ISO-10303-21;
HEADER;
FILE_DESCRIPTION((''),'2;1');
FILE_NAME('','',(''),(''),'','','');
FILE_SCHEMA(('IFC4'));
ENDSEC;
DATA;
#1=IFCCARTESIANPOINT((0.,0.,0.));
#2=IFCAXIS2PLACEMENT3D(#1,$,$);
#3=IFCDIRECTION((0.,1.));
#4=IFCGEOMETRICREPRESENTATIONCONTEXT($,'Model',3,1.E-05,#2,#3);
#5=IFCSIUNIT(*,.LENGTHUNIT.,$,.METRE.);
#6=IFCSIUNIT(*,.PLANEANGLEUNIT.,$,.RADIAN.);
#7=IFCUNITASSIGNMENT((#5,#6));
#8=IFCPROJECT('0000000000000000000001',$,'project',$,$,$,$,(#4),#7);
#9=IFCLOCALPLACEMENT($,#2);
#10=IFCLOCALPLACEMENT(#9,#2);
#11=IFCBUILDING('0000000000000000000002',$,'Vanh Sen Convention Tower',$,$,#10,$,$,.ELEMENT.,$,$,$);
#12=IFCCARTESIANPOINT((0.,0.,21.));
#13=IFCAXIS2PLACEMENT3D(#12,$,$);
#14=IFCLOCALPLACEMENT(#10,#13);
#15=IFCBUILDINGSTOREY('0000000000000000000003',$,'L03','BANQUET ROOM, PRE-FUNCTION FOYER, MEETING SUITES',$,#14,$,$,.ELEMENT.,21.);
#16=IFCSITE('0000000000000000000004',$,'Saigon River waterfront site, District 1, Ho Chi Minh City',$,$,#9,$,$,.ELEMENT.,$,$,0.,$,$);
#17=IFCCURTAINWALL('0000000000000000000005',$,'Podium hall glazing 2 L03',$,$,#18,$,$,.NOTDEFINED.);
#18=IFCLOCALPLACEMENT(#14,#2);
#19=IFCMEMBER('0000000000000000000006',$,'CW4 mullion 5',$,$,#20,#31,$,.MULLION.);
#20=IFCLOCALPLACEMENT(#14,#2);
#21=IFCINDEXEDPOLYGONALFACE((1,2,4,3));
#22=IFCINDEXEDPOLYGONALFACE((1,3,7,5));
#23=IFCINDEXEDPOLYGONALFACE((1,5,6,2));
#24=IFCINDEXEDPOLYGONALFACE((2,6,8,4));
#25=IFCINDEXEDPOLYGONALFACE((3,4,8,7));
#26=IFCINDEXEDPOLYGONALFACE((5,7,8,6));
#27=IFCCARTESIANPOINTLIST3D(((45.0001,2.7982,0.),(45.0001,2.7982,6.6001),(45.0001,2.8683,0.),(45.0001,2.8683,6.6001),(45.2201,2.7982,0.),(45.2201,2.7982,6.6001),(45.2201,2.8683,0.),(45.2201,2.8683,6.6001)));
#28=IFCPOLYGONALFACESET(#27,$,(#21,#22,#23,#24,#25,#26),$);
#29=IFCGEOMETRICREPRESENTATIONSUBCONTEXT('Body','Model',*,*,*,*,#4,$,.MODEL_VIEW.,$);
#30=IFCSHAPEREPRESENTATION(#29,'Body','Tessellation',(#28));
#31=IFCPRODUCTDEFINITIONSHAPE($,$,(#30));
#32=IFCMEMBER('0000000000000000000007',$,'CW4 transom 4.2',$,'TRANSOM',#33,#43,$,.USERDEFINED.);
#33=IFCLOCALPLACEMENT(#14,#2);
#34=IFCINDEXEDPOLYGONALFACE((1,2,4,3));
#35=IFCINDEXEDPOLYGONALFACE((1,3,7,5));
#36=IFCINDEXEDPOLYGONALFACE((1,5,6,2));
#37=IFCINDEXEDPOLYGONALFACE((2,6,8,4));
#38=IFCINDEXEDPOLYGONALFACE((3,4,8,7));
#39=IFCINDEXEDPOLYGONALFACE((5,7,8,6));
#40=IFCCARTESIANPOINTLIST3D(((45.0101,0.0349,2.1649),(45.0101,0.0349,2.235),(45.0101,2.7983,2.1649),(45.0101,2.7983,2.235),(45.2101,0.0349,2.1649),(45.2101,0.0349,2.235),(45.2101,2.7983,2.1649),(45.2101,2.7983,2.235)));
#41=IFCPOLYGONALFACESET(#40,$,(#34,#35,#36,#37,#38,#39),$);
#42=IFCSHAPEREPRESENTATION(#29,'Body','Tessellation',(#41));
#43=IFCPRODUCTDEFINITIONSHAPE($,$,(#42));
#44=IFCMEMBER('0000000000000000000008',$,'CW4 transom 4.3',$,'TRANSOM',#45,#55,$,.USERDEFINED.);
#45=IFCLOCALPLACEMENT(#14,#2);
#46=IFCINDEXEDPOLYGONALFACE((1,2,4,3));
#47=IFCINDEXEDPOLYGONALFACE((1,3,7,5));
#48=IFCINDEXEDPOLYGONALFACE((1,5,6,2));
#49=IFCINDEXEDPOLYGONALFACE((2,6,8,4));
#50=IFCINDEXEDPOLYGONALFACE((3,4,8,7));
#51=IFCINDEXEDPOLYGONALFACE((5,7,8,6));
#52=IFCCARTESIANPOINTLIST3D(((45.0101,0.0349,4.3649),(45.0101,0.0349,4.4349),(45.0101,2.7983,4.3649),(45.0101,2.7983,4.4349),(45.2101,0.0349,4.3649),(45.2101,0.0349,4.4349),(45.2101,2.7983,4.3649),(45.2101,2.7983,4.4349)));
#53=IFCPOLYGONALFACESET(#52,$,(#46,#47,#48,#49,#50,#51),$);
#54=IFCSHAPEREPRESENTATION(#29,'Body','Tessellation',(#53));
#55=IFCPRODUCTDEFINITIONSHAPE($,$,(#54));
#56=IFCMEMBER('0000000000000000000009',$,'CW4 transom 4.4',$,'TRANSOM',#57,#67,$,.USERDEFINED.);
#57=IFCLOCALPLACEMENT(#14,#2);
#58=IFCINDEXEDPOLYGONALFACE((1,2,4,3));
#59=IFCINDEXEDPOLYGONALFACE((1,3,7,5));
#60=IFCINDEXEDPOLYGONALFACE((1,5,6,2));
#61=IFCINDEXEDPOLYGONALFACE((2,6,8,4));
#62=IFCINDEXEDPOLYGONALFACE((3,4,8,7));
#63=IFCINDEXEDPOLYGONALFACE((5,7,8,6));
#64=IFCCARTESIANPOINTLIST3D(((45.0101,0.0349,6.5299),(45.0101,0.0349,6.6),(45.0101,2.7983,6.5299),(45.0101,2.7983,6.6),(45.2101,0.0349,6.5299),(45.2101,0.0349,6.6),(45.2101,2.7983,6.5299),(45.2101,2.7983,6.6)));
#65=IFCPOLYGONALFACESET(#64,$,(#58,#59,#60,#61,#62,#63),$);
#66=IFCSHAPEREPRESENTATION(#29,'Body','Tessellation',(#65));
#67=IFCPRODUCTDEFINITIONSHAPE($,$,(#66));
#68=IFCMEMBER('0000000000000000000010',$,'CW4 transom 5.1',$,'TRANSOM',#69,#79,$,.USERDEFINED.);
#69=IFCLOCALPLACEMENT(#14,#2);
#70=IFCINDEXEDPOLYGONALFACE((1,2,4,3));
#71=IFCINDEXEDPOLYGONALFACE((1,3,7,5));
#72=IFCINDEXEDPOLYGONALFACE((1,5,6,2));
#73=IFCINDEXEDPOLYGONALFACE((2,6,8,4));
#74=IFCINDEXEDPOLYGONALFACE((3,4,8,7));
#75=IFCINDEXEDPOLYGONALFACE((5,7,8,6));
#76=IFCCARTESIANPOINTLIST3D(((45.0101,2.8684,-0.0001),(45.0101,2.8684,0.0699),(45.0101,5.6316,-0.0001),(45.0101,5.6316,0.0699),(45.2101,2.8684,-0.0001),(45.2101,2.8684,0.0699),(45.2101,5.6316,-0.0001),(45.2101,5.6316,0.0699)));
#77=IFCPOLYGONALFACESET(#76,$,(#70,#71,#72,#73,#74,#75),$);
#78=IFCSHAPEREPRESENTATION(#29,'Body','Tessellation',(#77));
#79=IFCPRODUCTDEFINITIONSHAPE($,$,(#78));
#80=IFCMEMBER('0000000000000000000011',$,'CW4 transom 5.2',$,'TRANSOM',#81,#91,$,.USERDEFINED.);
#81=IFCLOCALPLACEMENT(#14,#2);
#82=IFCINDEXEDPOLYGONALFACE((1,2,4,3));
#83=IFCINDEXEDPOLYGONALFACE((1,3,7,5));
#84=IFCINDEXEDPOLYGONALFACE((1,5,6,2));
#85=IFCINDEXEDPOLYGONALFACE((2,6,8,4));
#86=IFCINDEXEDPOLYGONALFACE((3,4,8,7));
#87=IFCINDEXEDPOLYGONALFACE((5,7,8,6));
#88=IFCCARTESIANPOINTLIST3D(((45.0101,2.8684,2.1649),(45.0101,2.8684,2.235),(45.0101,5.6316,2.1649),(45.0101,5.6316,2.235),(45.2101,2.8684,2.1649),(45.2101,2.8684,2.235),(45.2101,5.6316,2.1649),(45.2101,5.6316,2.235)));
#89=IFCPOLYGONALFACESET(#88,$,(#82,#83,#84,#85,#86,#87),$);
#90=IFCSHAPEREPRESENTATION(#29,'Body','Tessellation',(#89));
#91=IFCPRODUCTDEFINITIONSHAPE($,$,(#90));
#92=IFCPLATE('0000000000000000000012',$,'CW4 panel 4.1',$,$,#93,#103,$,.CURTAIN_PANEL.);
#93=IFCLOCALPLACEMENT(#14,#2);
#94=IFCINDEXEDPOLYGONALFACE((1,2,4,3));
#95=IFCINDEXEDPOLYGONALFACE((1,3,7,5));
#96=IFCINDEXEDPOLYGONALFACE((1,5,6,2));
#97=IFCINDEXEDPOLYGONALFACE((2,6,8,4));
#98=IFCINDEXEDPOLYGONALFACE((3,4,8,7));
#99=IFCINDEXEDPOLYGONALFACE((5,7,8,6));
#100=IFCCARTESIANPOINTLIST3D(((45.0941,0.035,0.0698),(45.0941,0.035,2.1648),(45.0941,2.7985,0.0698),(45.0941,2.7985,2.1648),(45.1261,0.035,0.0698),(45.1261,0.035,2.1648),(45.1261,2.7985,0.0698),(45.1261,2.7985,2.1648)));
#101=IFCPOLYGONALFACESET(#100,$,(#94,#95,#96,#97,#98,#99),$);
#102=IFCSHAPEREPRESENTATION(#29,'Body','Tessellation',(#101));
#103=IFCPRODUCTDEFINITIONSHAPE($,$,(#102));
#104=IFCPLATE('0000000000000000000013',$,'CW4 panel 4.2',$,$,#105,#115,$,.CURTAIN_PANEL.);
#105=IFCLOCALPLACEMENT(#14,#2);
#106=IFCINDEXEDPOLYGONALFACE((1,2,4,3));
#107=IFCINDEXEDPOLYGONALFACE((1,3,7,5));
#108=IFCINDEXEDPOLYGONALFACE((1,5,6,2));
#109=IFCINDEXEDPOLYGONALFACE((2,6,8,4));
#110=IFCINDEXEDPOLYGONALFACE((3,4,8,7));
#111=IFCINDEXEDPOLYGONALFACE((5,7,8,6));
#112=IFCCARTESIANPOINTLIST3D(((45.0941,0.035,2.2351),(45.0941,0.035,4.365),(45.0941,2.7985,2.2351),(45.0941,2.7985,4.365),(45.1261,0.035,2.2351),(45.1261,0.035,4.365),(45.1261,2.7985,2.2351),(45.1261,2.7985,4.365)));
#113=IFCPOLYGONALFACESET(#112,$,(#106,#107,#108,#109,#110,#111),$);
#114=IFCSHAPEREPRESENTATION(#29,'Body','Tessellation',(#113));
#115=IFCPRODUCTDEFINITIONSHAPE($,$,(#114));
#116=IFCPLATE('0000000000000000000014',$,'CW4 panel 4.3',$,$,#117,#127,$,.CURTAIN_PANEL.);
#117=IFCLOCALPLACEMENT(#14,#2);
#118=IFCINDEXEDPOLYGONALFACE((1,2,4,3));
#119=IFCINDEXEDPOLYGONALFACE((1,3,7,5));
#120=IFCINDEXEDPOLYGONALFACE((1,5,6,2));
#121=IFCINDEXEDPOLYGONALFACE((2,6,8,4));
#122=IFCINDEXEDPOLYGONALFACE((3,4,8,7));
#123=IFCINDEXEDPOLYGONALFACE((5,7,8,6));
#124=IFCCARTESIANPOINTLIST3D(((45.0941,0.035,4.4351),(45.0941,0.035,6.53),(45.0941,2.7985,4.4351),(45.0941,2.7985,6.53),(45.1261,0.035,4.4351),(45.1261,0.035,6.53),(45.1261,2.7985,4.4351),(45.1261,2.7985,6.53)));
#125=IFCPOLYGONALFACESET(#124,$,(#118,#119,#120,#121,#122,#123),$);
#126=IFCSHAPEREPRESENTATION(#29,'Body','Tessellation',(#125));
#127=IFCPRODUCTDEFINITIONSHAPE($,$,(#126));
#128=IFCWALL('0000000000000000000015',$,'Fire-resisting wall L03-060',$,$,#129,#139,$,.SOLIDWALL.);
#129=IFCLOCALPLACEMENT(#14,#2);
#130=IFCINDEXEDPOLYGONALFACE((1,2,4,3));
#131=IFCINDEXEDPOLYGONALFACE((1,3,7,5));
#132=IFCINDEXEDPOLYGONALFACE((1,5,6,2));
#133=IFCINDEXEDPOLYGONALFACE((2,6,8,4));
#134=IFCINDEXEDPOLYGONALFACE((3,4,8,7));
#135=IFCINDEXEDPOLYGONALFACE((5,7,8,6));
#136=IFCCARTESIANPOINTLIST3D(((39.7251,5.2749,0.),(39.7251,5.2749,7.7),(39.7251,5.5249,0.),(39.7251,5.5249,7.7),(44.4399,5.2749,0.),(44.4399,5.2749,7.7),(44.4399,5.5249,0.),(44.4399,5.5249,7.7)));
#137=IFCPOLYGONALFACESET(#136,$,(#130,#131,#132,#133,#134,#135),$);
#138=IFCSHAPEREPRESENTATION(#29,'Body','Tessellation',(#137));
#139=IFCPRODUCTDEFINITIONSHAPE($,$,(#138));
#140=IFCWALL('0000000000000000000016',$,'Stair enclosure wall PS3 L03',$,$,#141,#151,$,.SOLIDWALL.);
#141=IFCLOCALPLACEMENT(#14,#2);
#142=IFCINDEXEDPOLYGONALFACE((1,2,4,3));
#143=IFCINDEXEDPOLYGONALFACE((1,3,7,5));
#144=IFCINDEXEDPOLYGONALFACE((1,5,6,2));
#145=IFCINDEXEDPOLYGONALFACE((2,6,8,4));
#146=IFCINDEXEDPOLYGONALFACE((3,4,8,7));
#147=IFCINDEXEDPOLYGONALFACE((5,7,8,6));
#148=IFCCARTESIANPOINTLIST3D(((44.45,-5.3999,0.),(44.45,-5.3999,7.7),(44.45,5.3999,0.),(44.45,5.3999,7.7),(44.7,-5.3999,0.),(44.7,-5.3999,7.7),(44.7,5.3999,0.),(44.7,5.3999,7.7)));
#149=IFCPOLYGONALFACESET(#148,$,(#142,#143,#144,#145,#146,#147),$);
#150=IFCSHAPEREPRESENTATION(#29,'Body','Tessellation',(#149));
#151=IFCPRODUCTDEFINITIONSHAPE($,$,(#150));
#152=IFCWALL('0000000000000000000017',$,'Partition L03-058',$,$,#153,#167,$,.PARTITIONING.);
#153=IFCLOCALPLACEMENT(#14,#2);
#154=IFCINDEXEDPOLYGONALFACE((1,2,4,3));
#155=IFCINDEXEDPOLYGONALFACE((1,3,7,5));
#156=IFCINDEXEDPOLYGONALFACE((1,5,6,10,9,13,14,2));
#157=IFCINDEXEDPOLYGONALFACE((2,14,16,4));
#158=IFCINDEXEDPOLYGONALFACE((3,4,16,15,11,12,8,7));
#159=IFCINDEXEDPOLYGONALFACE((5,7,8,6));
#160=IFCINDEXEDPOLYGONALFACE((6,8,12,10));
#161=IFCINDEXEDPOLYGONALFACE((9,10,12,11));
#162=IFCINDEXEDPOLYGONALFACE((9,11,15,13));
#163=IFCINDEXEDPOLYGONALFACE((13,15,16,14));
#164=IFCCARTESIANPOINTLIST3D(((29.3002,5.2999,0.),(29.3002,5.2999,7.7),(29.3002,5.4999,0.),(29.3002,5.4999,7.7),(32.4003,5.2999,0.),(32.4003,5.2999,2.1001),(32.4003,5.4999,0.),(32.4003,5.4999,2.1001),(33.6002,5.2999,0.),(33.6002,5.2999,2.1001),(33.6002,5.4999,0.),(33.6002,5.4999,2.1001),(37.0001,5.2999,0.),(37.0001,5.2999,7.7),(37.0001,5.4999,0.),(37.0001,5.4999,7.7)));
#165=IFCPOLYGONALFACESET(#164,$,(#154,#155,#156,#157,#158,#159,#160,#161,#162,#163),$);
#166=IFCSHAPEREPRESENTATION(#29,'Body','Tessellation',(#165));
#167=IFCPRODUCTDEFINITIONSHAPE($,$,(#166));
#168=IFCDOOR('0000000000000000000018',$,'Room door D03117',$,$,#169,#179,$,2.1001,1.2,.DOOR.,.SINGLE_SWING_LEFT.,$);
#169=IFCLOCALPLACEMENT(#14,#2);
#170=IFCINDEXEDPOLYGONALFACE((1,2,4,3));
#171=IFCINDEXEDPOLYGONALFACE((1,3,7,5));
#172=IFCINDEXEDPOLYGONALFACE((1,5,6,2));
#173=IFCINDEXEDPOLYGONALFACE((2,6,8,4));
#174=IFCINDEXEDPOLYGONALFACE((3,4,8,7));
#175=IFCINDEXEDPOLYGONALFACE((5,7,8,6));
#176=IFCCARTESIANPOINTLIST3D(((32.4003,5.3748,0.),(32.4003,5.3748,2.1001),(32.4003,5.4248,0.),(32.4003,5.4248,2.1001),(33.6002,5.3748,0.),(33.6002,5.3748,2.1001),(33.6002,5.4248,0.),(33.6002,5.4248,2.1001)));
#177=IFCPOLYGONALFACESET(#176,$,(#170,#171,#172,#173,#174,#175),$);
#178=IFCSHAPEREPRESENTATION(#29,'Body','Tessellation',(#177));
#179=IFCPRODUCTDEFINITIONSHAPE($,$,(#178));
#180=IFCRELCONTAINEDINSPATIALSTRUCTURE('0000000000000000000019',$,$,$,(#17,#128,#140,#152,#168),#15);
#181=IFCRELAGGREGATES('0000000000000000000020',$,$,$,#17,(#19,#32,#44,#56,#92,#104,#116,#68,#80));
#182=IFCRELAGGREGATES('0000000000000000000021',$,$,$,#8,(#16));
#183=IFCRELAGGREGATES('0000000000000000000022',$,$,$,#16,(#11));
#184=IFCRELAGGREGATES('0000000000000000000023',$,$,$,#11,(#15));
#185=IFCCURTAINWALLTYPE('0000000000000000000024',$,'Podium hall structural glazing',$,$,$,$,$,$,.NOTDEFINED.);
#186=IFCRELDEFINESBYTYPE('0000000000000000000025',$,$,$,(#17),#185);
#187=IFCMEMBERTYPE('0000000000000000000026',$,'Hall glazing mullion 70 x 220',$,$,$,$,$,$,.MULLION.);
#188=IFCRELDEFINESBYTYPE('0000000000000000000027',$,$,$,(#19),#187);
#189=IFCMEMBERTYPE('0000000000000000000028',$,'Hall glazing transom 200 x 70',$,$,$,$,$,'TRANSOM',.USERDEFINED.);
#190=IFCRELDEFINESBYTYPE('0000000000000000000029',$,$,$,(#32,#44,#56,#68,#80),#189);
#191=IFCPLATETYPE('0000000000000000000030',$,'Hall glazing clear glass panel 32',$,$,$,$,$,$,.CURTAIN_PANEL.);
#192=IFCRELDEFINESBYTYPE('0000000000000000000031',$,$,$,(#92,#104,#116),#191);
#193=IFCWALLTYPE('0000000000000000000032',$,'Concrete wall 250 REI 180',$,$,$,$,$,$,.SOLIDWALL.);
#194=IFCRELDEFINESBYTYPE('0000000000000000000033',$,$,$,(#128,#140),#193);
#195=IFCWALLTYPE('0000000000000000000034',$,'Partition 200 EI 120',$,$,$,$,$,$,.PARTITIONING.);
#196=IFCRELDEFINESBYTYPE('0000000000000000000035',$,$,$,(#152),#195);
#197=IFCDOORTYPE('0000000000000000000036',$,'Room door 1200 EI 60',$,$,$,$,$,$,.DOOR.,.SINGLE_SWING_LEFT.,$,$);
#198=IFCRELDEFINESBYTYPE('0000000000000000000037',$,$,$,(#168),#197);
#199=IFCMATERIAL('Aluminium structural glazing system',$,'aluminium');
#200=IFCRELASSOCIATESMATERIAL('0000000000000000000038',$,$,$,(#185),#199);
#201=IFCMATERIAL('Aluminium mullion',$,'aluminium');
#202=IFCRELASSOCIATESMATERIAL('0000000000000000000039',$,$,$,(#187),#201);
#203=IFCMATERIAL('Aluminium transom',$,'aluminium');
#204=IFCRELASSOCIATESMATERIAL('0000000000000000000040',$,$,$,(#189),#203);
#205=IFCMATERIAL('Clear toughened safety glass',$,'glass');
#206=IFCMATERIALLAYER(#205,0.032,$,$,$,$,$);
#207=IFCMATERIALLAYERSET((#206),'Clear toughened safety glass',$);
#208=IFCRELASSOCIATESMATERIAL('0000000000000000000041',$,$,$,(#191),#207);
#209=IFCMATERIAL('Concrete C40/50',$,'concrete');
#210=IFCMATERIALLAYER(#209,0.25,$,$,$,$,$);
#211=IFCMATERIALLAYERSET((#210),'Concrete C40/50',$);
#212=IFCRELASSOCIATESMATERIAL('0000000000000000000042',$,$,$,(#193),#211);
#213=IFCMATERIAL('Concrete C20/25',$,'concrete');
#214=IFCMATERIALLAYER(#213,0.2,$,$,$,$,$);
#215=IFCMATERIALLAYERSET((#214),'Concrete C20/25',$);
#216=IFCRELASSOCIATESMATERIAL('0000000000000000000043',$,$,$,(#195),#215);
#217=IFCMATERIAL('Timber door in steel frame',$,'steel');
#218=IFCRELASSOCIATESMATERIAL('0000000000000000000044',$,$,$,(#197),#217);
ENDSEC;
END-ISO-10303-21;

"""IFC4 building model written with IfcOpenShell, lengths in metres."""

from ifc_helpers import new_model, si_unit, direction, frame, frame_2d, origin, origin_2d, place, context, subcontext, project, spatial, rectangle, extrude, material, layer, layer_set, material_profile, profile_set, type_object, element, fill, aggregate, save


model = new_model("IFC4")

# Units and contexts
model_context = context("Model", 3, precision=1e-05, world=origin(), true_north=direction((0.0, 1.0)))
body_context = subcontext(model_context, "Body", "Model", "MODEL_VIEW")
ifc_project = project(units=[si_unit("LENGTHUNIT", "METRE"), si_unit("PLANEANGLEUNIT", "RADIAN")], contexts=[model_context])

# Site, building, storey
site_placement = place(None, origin())
site = spatial("IfcSite", under=ifc_project, at=site_placement, Name="Saigon River waterfront site, District 1, Ho Chi Minh City", CompositionType="ELEMENT", RefElevation=0.0)
building_placement = place(site_placement, origin())
building = spatial("IfcBuilding", under=site, at=building_placement, Name="Vanh Sen Convention Tower", CompositionType="ELEMENT")
storey_placement = place(building_placement, frame((0.0, 0.0, 21.0)))
storey = spatial("IfcBuildingStorey", under=building, at=storey_placement, Name="L03", Description="BANQUET ROOM, PRE-FUNCTION FOYER, MEETING SUITES", CompositionType="ELEMENT", Elevation=21.0)

# Curtain wall, members, plates
ifc_material_1 = material(Name="Aluminium structural glazing system", Category="aluminium")
curtain_wall_type = type_object("IfcCurtainWallType", Name="Podium hall structural glazing", PredefinedType="NOTDEFINED", material=ifc_material_1)
curtain_wall_placement = place(storey_placement, origin())
curtain_wall = element("IfcCurtainWall", 1, at=curtain_wall_placement, inside=storey, type_object=curtain_wall_type, Name="Podium hall glazing 2 L03", PredefinedType="NOTDEFINED")
ifc_material_2 = material(Name="Aluminium mullion", Category="aluminium")
ifc_material_profile_1 = material_profile(ifc_material_2, rectangle(XDim=0.22, YDim=0.0701, at=origin_2d()), Name="Hall glazing mullion 70 x 220")
ifc_profile_set_1 = profile_set([ifc_material_profile_1], Name="Aluminium mullion")
member_type_1 = type_object("IfcMemberType", Name="Hall glazing mullion 70 x 220", PredefinedType="MULLION", material=ifc_profile_set_1)
member_1_placement = place(storey_placement, frame((45.1101, 2.8333, 0.0), z_axis=(0.0, 0.0, 1.0), x_axis=(-1.0, 0.0, 0.0)))
member_1 = element("IfcMember", 2, at=member_1_placement, type_object=member_type_1, Name="CW4 mullion 5", PredefinedType="MULLION", context=body_context, shape_type="SweptSolid", body=[
    extrude(rectangle(XDim=0.22, YDim=0.0701, at=origin_2d()), origin(), (0.0, 0.0, 1.0), 6.6001),
])
ifc_material_3 = material(Name="Aluminium transom", Category="aluminium")
ifc_material_profile_2 = material_profile(ifc_material_3, rectangle(XDim=0.2, YDim=0.0701, at=origin_2d()), Name="Hall glazing transom 200 x 70")
ifc_profile_set_2 = profile_set([ifc_material_profile_2], Name="Aluminium transom")
member_type_2 = type_object("IfcMemberType", Name="Hall glazing transom 200 x 70", ElementType="TRANSOM", PredefinedType="USERDEFINED", material=ifc_profile_set_2)
member_2_placement = place(storey_placement, frame((45.1101, 0.0349, 2.2), z_axis=(0.0, 1.0, 0.0), x_axis=(-1.0, 0.0, 0.0)))
member_2 = element("IfcMember", 3, at=member_2_placement, type_object=member_type_2, Name="CW4 transom 4.2", ObjectType="TRANSOM", PredefinedType="USERDEFINED", context=body_context, shape_type="SweptSolid", body=[
    extrude(rectangle(XDim=0.2, YDim=0.0701, at=origin_2d()), origin(), (0.0, 0.0, 1.0), 2.7634),
])
member_3_placement = place(storey_placement, frame((45.1101, 0.0349, 4.3999), z_axis=(0.0, 1.0, 0.0), x_axis=(-1.0, 0.0, 0.0)))
member_3 = element("IfcMember", 4, at=member_3_placement, type_object=member_type_2, Name="CW4 transom 4.3", ObjectType="TRANSOM", PredefinedType="USERDEFINED", context=body_context, shape_type="SweptSolid", body=[
    extrude(rectangle(XDim=0.2, YDim=0.0701, at=origin_2d()), origin(), (0.0, 0.0, 1.0), 2.7634),
])
member_4_placement = place(storey_placement, frame((45.1101, 0.0349, 6.5649), z_axis=(0.0, 1.0, 0.0), x_axis=(-1.0, 0.0, 0.0)))
member_4 = element("IfcMember", 5, at=member_4_placement, type_object=member_type_2, Name="CW4 transom 4.4", ObjectType="TRANSOM", PredefinedType="USERDEFINED", context=body_context, shape_type="SweptSolid", body=[
    extrude(rectangle(XDim=0.2, YDim=0.0701, at=origin_2d()), origin(), (0.0, 0.0, 1.0), 2.7634),
])
member_5_placement = place(storey_placement, frame((45.1101, 2.8684, 0.0349), z_axis=(0.0, 1.0, 0.0), x_axis=(-1.0, 0.0, 0.0)))
member_5 = element("IfcMember", 6, at=member_5_placement, type_object=member_type_2, Name="CW4 transom 5.1", ObjectType="TRANSOM", PredefinedType="USERDEFINED", context=body_context, shape_type="SweptSolid", body=[
    extrude(rectangle(XDim=0.2, YDim=0.0701, at=origin_2d()), origin(), (0.0, 0.0, 1.0), 2.7632),
])
member_6_placement = place(storey_placement, frame((45.1101, 2.8684, 2.2), z_axis=(0.0, 1.0, 0.0), x_axis=(-1.0, 0.0, 0.0)))
member_6 = element("IfcMember", 7, at=member_6_placement, type_object=member_type_2, Name="CW4 transom 5.2", ObjectType="TRANSOM", PredefinedType="USERDEFINED", context=body_context, shape_type="SweptSolid", body=[
    extrude(rectangle(XDim=0.2, YDim=0.0701, at=origin_2d()), origin(), (0.0, 0.0, 1.0), 2.7632),
])
ifc_material_4 = material(Name="Clear toughened safety glass", Category="glass")
ifc_layer_1 = layer(ifc_material_4, 0.032)
ifc_layer_set_1 = layer_set([ifc_layer_1], Name="Clear toughened safety glass")
plate_type = type_object("IfcPlateType", Name="Hall glazing clear glass panel 32", PredefinedType="CURTAIN_PANEL", material=ifc_layer_set_1)
plate_1_placement = place(storey_placement, frame((45.1101, 1.4167, 0.0698), z_axis=(0.0, 0.0, 1.0), x_axis=(0.0, 1.0, 0.0)))
plate_1 = element("IfcPlate", 8, at=plate_1_placement, type_object=plate_type, Name="CW4 panel 4.1", PredefinedType="CURTAIN_PANEL", context=body_context, shape_type="SweptSolid", body=[
    extrude(rectangle(XDim=2.7634, YDim=0.032, at=origin_2d()), origin(), (0.0, 0.0, 1.0), 2.095),
])
plate_2_placement = place(storey_placement, frame((45.1101, 1.4167, 2.2351), z_axis=(0.0, 0.0, 1.0), x_axis=(0.0, 1.0, 0.0)))
plate_2 = element("IfcPlate", 9, at=plate_2_placement, type_object=plate_type, Name="CW4 panel 4.2", PredefinedType="CURTAIN_PANEL", context=body_context, shape_type="SweptSolid", body=[
    extrude(rectangle(XDim=2.7634, YDim=0.032, at=origin_2d()), origin(), (0.0, 0.0, 1.0), 2.1299),
])
plate_3_placement = place(storey_placement, frame((45.1101, 1.4167, 4.4351), z_axis=(0.0, 0.0, 1.0), x_axis=(0.0, 1.0, 0.0)))
plate_3 = element("IfcPlate", 10, at=plate_3_placement, type_object=plate_type, Name="CW4 panel 4.3", PredefinedType="CURTAIN_PANEL", context=body_context, shape_type="SweptSolid", body=[
    extrude(rectangle(XDim=2.7634, YDim=0.032, at=origin_2d()), origin(), (0.0, 0.0, 1.0), 2.095),
])
aggregate(curtain_wall, [member_1, member_2, member_3, member_4, plate_1, plate_2, plate_3, member_5, member_6])

# Walls
ifc_material_5 = material(Name="Concrete C40/50", Category="concrete")
ifc_layer_2 = layer(ifc_material_5, 0.25)
ifc_layer_set_2 = layer_set([ifc_layer_2], Name="Concrete C40/50")
wall_type_1 = type_object("IfcWallType", Name="Concrete wall 250 REI 180", PredefinedType="SOLIDWALL", material=ifc_layer_set_2)
wall_1_placement = place(storey_placement, frame((39.7251, 5.3999, 0.0), z_axis=(0.0, 0.0, 1.0), x_axis=(1.0, 0.0, 0.0)))
element("IfcWall", 11, at=wall_1_placement, inside=storey, type_object=wall_type_1, Name="Fire-resisting wall L03-060", PredefinedType="SOLIDWALL", context=body_context, shape_type="SweptSolid", body=[
    extrude(rectangle(XDim=4.7148, YDim=0.25, at=frame_2d((2.3574, 0.0))), origin(), (0.0, 0.0, 1.0), 7.7),
])
wall_2_placement = place(storey_placement, frame((44.575, 5.3999, 0.0), z_axis=(0.0, 0.0, 1.0), x_axis=(0.0, -1.0, 0.0)))
element("IfcWall", 12, at=wall_2_placement, inside=storey, type_object=wall_type_1, Name="Stair enclosure wall PS3 L03", PredefinedType="SOLIDWALL", context=body_context, shape_type="SweptSolid", body=[
    extrude(rectangle(XDim=10.7998, YDim=0.25, at=frame_2d((5.3999, 0.0))), origin(), (0.0, 0.0, 1.0), 7.7),
])

# Wall, opening, door
ifc_material_6 = material(Name="Concrete C20/25", Category="concrete")
ifc_layer_3 = layer(ifc_material_6, 0.2)
ifc_layer_set_3 = layer_set([ifc_layer_3], Name="Concrete C20/25")
wall_type_2 = type_object("IfcWallType", Name="Partition 200 EI 120", PredefinedType="PARTITIONING", material=ifc_layer_set_3)
wall_3_placement = place(storey_placement, frame((29.3, 5.3999, 0.0), z_axis=(0.0, 0.0, 1.0), x_axis=(1.0, 0.0, 0.0)))
wall_3 = element("IfcWall", 13, at=wall_3_placement, inside=storey, type_object=wall_type_2, Name="Partition L03-058", PredefinedType="PARTITIONING", context=body_context, shape_type="SweptSolid", body=[
    extrude(rectangle(XDim=7.7, YDim=0.2, at=frame_2d((3.8501, 0.0))), origin(), (0.0, 0.0, 1.0), 7.7),
])
opening_1_placement = place(wall_3_placement, frame((3.1001, 0.0, 0.0)))
opening_1 = element("IfcOpeningElement", 14, at=opening_1_placement, cuts=wall_3, PredefinedType="OPENING", context=body_context, shape_type="SweptSolid", body=[
    extrude(rectangle(XDim=1.2, YDim=2.1001, at=frame_2d((0.6001, 1.05))), frame((0.0, 0.1099, 0.0), z_axis=(0.0, -1.0, 0.0), x_axis=(1.0, 0.0, 0.0)), (0.0, 0.0, 1.0), 0.22),
])
ifc_material_7 = material(Name="Timber door in steel frame", Category="steel")
door_type = type_object("IfcDoorType", Name="Room door 1200 EI 60", OperationType="SINGLE_SWING_LEFT", PredefinedType="DOOR", material=ifc_material_7)
door_1_placement = place(opening_1_placement, origin())
door_1 = element("IfcDoor", 15, at=door_1_placement, inside=storey, type_object=door_type, Name="Room door D03117", OperationType="SINGLE_SWING_LEFT", OverallHeight=2.1001, OverallWidth=1.2, PredefinedType="DOOR", context=body_context, shape_type="SweptSolid", body=[
    extrude(rectangle(XDim=1.2, YDim=2.1001, at=frame_2d((0.6001, 1.05))), frame((0.0, 0.0249, 0.0), z_axis=(0.0, -1.0, 0.0), x_axis=(1.0, 0.0, 0.0)), (0.0, 0.0, 1.0), 0.05),
])
fill(opening_1, door_1)

save(model, "model.ifc")
